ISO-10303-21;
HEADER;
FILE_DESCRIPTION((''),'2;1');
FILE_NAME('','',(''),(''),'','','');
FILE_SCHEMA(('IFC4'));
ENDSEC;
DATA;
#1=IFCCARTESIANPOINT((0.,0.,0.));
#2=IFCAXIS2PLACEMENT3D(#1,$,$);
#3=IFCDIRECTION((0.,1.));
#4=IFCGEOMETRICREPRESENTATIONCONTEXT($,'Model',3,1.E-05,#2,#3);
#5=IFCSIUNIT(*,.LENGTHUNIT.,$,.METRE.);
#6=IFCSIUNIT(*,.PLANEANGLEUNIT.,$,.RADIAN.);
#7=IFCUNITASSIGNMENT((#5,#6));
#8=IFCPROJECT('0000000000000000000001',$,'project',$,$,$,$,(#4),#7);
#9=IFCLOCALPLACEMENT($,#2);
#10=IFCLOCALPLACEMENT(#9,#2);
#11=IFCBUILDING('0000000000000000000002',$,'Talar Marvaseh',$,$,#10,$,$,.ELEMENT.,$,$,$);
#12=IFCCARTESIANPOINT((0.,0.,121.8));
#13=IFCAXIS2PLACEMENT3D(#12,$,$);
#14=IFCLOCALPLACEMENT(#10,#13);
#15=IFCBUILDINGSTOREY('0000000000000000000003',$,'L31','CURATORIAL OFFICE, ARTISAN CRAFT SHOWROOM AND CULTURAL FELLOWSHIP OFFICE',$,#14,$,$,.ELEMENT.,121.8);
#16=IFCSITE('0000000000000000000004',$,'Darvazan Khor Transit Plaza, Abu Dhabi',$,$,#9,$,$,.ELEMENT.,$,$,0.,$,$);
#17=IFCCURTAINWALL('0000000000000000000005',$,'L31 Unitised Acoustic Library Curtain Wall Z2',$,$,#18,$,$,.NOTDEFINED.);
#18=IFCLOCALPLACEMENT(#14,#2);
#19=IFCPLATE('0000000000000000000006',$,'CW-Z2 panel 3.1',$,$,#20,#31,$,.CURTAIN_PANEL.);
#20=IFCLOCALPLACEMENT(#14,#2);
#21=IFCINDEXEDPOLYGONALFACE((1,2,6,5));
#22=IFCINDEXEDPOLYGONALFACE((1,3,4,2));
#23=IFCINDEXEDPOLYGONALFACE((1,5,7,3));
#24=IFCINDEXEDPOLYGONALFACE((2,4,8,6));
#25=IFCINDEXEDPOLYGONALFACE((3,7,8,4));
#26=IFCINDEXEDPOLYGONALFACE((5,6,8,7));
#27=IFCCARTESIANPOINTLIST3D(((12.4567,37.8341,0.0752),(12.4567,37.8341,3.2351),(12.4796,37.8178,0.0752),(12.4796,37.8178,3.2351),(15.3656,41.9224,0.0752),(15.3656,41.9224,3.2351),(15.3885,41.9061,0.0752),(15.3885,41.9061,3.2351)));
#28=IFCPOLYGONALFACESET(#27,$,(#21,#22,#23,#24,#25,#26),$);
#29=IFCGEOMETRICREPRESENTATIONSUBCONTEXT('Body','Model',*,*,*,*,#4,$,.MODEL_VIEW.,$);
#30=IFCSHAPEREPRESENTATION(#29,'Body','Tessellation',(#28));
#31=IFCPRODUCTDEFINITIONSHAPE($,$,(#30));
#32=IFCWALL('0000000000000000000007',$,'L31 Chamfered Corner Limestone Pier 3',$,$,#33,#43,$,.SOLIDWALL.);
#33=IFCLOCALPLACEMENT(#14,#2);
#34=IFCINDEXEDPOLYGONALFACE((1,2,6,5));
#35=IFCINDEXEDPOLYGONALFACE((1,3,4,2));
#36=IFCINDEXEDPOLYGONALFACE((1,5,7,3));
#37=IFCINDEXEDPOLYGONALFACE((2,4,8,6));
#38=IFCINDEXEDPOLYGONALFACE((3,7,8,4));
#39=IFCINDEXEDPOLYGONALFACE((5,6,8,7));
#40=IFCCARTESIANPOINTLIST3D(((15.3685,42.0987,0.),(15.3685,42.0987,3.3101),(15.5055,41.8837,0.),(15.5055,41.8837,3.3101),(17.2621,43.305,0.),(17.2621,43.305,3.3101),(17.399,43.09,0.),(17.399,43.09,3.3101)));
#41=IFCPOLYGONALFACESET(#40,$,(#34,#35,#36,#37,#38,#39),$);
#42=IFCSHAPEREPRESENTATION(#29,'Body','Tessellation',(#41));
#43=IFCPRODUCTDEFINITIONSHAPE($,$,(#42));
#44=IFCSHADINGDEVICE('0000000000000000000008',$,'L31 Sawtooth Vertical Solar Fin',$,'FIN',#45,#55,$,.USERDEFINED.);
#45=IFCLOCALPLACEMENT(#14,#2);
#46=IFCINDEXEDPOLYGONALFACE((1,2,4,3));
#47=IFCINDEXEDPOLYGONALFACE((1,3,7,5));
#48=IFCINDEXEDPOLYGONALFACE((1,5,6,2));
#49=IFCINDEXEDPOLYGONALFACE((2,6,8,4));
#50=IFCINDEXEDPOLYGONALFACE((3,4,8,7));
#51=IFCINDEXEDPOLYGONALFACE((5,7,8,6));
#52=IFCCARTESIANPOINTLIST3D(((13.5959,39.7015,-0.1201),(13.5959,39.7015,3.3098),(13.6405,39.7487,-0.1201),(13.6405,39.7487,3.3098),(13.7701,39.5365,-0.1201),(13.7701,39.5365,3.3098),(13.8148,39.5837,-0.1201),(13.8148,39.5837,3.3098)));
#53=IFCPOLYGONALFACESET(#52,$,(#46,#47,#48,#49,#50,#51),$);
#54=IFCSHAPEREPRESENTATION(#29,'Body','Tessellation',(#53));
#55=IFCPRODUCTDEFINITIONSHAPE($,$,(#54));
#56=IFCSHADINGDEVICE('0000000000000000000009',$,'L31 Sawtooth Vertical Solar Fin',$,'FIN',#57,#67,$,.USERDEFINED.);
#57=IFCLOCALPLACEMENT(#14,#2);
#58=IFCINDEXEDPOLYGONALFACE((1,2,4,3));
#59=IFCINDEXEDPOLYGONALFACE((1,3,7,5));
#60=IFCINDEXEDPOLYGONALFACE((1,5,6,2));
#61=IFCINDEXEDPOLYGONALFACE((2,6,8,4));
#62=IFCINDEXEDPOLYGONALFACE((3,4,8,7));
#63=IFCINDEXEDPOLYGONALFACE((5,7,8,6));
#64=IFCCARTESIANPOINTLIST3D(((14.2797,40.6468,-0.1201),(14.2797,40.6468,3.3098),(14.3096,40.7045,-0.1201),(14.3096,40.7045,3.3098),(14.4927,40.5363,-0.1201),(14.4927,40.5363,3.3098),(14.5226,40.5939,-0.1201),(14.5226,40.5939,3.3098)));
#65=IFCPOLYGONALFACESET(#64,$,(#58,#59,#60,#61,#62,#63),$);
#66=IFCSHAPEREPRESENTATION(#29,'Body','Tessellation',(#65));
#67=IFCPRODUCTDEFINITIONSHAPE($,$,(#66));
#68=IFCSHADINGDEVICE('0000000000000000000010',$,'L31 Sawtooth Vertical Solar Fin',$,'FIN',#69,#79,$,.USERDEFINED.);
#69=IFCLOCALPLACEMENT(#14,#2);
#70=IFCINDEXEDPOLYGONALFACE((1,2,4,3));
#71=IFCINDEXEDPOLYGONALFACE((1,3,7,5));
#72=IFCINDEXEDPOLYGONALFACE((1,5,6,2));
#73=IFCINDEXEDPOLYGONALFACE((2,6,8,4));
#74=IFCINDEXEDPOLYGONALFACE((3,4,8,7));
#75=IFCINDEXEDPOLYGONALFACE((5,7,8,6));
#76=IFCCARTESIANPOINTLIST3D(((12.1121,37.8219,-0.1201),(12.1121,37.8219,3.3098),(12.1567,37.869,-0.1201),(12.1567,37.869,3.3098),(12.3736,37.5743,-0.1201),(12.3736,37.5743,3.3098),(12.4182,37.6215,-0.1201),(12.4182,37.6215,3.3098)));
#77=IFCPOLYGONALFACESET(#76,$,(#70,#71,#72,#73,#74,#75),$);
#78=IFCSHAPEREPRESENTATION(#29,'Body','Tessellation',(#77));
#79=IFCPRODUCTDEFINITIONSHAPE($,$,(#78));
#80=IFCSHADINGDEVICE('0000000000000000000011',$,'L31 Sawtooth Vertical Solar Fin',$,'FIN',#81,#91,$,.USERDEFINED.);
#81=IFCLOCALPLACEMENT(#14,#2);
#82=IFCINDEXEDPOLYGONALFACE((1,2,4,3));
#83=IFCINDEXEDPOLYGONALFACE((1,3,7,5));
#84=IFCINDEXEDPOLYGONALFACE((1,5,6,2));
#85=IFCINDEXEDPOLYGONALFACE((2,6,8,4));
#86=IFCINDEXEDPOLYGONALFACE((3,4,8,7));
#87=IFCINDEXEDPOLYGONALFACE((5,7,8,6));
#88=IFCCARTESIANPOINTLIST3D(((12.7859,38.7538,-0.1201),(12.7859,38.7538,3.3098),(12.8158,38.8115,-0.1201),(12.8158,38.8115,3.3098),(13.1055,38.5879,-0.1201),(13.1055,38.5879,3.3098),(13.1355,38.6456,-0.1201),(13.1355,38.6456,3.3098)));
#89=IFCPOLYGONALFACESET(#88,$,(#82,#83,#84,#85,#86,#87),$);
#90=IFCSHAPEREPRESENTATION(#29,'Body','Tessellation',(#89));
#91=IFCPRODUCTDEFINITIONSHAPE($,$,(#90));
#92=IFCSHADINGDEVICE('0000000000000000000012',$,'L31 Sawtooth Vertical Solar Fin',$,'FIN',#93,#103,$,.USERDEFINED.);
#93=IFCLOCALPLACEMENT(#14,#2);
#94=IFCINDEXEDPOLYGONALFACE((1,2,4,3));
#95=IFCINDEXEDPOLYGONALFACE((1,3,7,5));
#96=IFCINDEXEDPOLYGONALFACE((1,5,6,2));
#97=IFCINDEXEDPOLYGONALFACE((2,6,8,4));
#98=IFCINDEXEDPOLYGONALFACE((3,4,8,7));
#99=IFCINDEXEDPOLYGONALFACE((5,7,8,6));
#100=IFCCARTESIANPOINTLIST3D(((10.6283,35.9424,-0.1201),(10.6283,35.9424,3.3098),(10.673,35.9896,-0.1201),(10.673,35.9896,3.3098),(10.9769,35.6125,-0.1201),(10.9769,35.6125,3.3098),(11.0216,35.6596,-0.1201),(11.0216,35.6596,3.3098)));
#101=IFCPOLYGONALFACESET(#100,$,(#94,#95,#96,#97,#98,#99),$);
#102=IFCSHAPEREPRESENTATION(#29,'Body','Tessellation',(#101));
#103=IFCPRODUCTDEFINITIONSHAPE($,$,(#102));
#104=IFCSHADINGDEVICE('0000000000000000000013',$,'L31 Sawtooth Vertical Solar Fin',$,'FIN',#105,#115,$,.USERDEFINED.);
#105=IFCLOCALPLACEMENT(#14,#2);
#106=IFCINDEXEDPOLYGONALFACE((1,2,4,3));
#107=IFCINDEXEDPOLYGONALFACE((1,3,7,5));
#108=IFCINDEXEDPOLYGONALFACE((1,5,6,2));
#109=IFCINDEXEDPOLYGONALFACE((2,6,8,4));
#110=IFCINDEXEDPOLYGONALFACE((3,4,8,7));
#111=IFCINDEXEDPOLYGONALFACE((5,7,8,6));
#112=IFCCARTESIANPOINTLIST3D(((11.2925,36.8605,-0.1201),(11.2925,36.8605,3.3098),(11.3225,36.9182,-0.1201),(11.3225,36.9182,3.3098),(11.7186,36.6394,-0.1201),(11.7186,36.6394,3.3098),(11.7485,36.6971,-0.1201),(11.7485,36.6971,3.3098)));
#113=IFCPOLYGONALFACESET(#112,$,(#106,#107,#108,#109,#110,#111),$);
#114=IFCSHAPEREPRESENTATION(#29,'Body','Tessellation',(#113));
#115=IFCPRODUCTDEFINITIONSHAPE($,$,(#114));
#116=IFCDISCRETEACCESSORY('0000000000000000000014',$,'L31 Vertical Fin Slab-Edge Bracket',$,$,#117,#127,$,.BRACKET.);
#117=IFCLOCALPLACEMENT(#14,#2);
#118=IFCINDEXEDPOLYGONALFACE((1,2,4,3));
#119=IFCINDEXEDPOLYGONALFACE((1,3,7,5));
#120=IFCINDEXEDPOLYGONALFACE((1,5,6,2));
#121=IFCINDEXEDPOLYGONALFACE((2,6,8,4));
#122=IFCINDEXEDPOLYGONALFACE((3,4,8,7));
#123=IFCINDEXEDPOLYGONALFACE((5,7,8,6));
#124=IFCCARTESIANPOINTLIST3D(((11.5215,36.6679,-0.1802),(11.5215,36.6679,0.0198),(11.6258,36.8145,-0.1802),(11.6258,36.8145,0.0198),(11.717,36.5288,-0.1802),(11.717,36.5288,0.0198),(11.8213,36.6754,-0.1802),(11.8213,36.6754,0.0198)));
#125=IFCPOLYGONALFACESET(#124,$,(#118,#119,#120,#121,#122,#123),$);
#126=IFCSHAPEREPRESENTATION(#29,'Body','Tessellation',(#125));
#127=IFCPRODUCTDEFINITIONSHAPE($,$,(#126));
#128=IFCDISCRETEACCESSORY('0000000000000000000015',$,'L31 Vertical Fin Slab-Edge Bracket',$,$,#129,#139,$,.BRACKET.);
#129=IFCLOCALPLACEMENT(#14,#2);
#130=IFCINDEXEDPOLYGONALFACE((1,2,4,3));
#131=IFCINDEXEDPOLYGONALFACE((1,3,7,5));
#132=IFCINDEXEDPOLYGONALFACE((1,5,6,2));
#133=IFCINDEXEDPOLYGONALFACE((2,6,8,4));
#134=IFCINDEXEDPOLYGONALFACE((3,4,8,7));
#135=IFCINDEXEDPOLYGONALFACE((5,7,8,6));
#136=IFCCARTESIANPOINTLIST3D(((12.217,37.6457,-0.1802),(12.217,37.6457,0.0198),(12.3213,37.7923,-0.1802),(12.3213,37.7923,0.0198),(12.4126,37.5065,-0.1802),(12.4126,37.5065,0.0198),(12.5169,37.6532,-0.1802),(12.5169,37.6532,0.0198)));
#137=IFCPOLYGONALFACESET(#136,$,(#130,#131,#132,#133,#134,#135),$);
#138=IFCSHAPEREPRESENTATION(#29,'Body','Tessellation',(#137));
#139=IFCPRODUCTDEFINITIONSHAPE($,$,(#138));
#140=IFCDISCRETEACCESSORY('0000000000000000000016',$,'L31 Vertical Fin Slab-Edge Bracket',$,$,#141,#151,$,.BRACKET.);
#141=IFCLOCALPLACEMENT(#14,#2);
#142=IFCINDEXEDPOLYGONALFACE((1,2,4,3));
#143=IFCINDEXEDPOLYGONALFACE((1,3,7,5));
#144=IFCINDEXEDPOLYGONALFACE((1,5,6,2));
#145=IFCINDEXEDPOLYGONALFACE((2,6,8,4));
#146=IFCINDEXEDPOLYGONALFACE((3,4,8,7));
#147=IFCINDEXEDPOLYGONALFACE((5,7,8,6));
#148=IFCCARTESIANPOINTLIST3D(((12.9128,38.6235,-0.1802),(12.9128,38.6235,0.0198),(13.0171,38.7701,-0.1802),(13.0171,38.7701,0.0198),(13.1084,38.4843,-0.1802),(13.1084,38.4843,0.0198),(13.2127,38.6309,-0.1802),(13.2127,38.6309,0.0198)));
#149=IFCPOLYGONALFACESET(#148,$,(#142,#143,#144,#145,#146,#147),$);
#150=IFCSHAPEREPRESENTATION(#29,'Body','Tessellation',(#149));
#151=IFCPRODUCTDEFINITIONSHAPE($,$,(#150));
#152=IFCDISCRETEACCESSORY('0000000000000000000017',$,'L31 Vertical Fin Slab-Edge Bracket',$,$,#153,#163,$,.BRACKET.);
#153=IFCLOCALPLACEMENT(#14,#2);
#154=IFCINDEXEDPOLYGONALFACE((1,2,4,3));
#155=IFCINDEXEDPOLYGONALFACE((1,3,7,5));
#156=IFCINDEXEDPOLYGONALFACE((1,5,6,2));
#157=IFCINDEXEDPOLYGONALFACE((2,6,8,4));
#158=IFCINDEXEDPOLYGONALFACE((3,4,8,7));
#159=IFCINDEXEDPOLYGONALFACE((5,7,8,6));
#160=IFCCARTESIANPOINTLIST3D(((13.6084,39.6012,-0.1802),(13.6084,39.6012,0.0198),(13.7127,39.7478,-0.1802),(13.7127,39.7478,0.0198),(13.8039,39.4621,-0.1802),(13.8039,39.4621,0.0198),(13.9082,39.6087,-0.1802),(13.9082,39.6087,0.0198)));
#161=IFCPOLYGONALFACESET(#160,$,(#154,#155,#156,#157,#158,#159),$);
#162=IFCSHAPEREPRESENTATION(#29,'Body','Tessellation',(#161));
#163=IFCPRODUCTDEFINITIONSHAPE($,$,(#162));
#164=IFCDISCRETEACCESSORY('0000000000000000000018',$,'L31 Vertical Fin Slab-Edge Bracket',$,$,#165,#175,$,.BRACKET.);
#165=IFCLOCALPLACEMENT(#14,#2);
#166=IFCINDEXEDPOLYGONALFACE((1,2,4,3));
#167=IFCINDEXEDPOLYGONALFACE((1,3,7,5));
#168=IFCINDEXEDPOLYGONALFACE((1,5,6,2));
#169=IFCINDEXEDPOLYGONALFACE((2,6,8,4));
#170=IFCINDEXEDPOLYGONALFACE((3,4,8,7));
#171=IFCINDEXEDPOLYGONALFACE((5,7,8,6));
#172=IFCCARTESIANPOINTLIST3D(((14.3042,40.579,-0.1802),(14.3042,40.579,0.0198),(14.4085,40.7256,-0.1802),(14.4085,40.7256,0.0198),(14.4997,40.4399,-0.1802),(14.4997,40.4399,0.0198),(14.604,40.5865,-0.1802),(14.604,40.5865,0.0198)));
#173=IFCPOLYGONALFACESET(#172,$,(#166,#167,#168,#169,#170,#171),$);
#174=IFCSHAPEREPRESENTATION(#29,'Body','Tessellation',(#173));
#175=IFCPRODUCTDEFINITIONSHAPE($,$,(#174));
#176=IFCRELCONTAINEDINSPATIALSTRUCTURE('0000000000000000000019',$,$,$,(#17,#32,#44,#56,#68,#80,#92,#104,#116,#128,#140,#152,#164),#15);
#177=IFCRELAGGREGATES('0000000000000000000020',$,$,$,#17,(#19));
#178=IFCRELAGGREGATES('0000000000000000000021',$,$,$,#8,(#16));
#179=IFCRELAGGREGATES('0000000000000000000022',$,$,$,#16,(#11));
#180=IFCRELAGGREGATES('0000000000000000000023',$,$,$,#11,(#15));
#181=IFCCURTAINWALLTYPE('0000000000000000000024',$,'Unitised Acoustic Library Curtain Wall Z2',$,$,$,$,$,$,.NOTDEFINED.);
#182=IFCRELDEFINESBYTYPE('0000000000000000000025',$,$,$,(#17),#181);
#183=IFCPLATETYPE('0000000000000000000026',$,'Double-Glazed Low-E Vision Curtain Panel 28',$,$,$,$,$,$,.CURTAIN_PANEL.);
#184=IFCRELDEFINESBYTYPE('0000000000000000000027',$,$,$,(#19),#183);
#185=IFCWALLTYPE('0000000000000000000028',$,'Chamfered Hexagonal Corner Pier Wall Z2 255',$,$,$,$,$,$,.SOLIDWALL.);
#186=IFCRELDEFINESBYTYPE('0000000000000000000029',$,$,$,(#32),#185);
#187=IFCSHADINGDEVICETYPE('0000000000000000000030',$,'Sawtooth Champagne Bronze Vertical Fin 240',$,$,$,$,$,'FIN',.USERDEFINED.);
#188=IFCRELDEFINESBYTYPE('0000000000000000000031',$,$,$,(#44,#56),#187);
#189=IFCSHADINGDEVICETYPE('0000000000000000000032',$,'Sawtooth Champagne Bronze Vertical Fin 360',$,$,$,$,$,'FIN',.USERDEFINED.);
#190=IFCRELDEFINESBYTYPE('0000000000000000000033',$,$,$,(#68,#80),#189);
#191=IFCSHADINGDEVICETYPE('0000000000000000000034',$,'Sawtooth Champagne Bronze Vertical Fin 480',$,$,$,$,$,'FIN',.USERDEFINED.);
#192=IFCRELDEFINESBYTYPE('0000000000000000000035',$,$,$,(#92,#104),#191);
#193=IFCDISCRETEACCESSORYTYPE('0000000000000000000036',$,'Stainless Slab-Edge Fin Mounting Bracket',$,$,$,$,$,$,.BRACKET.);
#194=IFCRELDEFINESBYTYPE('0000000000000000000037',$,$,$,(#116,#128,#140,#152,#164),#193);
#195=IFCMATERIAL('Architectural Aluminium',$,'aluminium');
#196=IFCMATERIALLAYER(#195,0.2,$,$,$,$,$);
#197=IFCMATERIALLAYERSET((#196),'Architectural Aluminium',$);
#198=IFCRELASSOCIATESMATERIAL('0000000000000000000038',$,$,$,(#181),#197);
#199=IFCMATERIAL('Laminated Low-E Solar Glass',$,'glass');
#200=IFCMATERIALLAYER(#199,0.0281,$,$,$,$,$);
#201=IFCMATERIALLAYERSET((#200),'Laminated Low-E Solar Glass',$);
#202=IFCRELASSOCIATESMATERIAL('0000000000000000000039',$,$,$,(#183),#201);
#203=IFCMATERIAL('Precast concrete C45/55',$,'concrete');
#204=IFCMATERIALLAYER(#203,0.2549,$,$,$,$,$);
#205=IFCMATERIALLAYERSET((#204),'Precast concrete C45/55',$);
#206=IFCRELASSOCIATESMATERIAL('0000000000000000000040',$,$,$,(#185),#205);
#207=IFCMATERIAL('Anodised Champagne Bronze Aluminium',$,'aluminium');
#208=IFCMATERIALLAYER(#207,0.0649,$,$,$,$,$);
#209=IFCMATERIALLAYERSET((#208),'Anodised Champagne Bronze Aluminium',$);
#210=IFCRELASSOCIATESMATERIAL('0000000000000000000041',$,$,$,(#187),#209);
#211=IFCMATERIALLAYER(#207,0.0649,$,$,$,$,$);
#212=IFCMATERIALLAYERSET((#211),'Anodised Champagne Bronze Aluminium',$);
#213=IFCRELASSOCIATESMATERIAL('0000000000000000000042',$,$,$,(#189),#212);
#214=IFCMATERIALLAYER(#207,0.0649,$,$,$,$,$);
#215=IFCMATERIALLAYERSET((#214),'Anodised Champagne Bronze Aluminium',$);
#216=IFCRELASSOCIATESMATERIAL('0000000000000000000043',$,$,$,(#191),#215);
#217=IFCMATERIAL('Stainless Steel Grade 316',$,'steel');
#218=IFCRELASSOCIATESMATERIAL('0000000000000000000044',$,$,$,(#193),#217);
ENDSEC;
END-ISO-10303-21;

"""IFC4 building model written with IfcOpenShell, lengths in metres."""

from ifc_helpers import new_model, si_unit, direction, frame, frame_2d, origin, origin_2d, place, context, subcontext, project, spatial, rectangle, extrude, source, transform, mapped, material, layer, layer_set, type_object, type_shapes, element, aggregate, save


model = new_model("IFC4")

# Units and contexts
model_context = context("Model", 3, precision=1e-05, world=origin(), true_north=direction((0.0, 1.0)))
body_context = subcontext(model_context, "Body", "Model", "MODEL_VIEW")
ifc_project = project(units=[si_unit("LENGTHUNIT", "METRE"), si_unit("PLANEANGLEUNIT", "RADIAN")], contexts=[model_context])

# Site, building, storey
site_placement = place(None, origin())
site = spatial("IfcSite", under=ifc_project, at=site_placement, Name="Darvazan Khor Transit Plaza, Abu Dhabi", CompositionType="ELEMENT", RefElevation=0.0)
building_placement = place(site_placement, origin())
building = spatial("IfcBuilding", under=site, at=building_placement, Name="Talar Marvaseh", CompositionType="ELEMENT")
storey_placement = place(building_placement, frame((0.0, 0.0, 121.8)))
storey = spatial("IfcBuildingStorey", under=building, at=storey_placement, Name="L31", Description="CURATORIAL OFFICE, ARTISAN CRAFT SHOWROOM AND CULTURAL FELLOWSHIP OFFICE", CompositionType="ELEMENT", Elevation=121.8)

# Curtain wall, plate
ifc_material_1 = material(Name="Architectural Aluminium", Category="aluminium")
ifc_layer_1 = layer(ifc_material_1, 0.2)
ifc_layer_set_1 = layer_set([ifc_layer_1], Name="Architectural Aluminium")
curtain_wall_type = type_object("IfcCurtainWallType", Name="Unitised Acoustic Library Curtain Wall Z2", PredefinedType="NOTDEFINED", material=ifc_layer_set_1)
curtain_wall_placement = place(storey_placement, origin())
curtain_wall = element("IfcCurtainWall", 1, at=curtain_wall_placement, inside=storey, type_object=curtain_wall_type, Name="L31 Unitised Acoustic Library Curtain Wall Z2", PredefinedType="NOTDEFINED")
ifc_material_2 = material(Name="Laminated Low-E Solar Glass", Category="glass")
ifc_layer_2 = layer(ifc_material_2, 0.0281)
ifc_layer_set_2 = layer_set([ifc_layer_2], Name="Laminated Low-E Solar Glass")
plate_type = type_object("IfcPlateType", Name="Double-Glazed Low-E Vision Curtain Panel 28", PredefinedType="CURTAIN_PANEL", material=ifc_layer_set_2)
shared_shape_1 = source(origin(), body_context, "Body", "SweptSolid", [
    extrude(rectangle(XDim=5.0176, YDim=0.0281, at=origin_2d()), origin(), (0.0, 0.0, 1.0), 3.1599),
])
type_shapes(plate_type, [shared_shape_1])
plate_placement = place(storey_placement, frame((13.9226, 39.8701, 0.0752), z_axis=(0.0, 0.0, 1.0), x_axis=(0.579737, 0.814804, 0.0)))
plate = element("IfcPlate", 2, at=plate_placement, type_object=plate_type, Name="CW-Z2 panel 3.1", PredefinedType="CURTAIN_PANEL", context=body_context, shape_type="MappedRepresentation", body=[
    mapped(shared_shape_1, transform((0.0, 0.0, 0.0), x_axis=(1.0, 0.0, 0.0), y_axis=(0.0, 1.0, 0.0), z_axis=(0.0, 0.0, 1.0), scale=1.0)),
])
aggregate(curtain_wall, [plate])

# Wall
ifc_material_3 = material(Name="Precast concrete C45/55", Category="concrete")
ifc_layer_3 = layer(ifc_material_3, 0.2549)
ifc_layer_set_3 = layer_set([ifc_layer_3], Name="Precast concrete C45/55")
wall_type = type_object("IfcWallType", Name="Chamfered Hexagonal Corner Pier Wall Z2 255", PredefinedType="SOLIDWALL", material=ifc_layer_set_3)
wall_placement = place(storey_placement, frame((15.437, 41.9912, 0.0), z_axis=(0.0, 0.0, 1.0), x_axis=(0.843397, 0.537291, 0.0)))
element("IfcWall", 3, at=wall_placement, inside=storey, type_object=wall_type, Name="L31 Chamfered Corner Limestone Pier 3", PredefinedType="SOLIDWALL", context=body_context, shape_type="SweptSolid", body=[
    extrude(rectangle(XDim=2.2451, YDim=0.2549, at=frame_2d((1.1226, 0.0))), origin(), (0.0, 0.0, 1.0), 3.3101),
])

# Shading devices
ifc_material_4 = material(Name="Anodised Champagne Bronze Aluminium", Category="aluminium")
ifc_layer_4 = layer(ifc_material_4, 0.0649)
ifc_layer_set_4 = layer_set([ifc_layer_4], Name="Anodised Champagne Bronze Aluminium")
shading_device_type_1 = type_object("IfcShadingDeviceType", Name="Sawtooth Champagne Bronze Vertical Fin 240", ElementType="FIN", PredefinedType="USERDEFINED", material=ifc_layer_set_4)
shared_shape_2 = source(origin(), body_context, "Body", "SweptSolid", [
    extrude(rectangle(XDim=0.24, YDim=0.0649, at=origin_2d()), origin(), (0.0, 0.0, 1.0), 3.4299),
])
type_shapes(shading_device_type_1, [shared_shape_2])
for number, where, z_axis, x_axis, name in (
    (4, (13.7053, 39.6426, -0.1201), (0.0, 0.0, 1.0), (-0.726215, 0.687468, 0.0), "L31 Sawtooth Vertical Solar Fin"),
    (5, (14.4011, 40.6204, -0.1201), (0.0, 0.0, 1.0), (-0.887574, 0.460665, 0.0), "L31 Sawtooth Vertical Solar Fin"),
):
    element("IfcShadingDevice", number, at=place(storey_placement, frame(where, z_axis=z_axis, x_axis=x_axis)), inside=storey, type_object=shading_device_type_1, Name=name, ObjectType="FIN", PredefinedType="USERDEFINED", context=body_context, shape_type="MappedRepresentation", body=[
        mapped(shared_shape_2, transform((0.0, 0.0, 0.0), x_axis=(1.0, 0.0, 0.0), y_axis=(0.0, 1.0, 0.0), z_axis=(0.0, 0.0, 1.0), scale=1.0)),
    ])
ifc_layer_5 = layer(ifc_material_4, 0.0649)
ifc_layer_set_5 = layer_set([ifc_layer_5], Name="Anodised Champagne Bronze Aluminium")
shading_device_type_2 = type_object("IfcShadingDeviceType", Name="Sawtooth Champagne Bronze Vertical Fin 360", ElementType="FIN", PredefinedType="USERDEFINED", material=ifc_layer_set_5)
shared_shape_3 = source(origin(), body_context, "Body", "SweptSolid", [
    extrude(rectangle(XDim=0.3601, YDim=0.0649, at=origin_2d()), origin(), (0.0, 0.0, 1.0), 3.4299),
])
type_shapes(shading_device_type_2, [shared_shape_3])
for number, where, z_axis, x_axis, name in (
    (6, (12.2651, 37.7217, -0.1201), (0.0, 0.0, 1.0), (-0.726215, 0.687468, 0.0), "L31 Sawtooth Vertical Solar Fin"),
    (7, (12.9607, 38.6997, -0.1201), (0.0, 0.0, 1.0), (-0.887574, 0.460665, 0.0), "L31 Sawtooth Vertical Solar Fin"),
):
    element("IfcShadingDevice", number, at=place(storey_placement, frame(where, z_axis=z_axis, x_axis=x_axis)), inside=storey, type_object=shading_device_type_2, Name=name, ObjectType="FIN", PredefinedType="USERDEFINED", context=body_context, shape_type="MappedRepresentation", body=[
        mapped(shared_shape_3, transform((0.0, 0.0, 0.0), x_axis=(1.0, 0.0, 0.0), y_axis=(0.0, 1.0, 0.0), z_axis=(0.0, 0.0, 1.0), scale=1.0)),
    ])
ifc_layer_6 = layer(ifc_material_4, 0.0649)
ifc_layer_set_6 = layer_set([ifc_layer_6], Name="Anodised Champagne Bronze Aluminium")
shading_device_type_3 = type_object("IfcShadingDeviceType", Name="Sawtooth Champagne Bronze Vertical Fin 480", ElementType="FIN", PredefinedType="USERDEFINED", material=ifc_layer_set_6)
shared_shape_4 = source(origin(), body_context, "Body", "SweptSolid", [
    extrude(rectangle(XDim=0.48, YDim=0.0649, at=origin_2d()), origin(), (0.0, 0.0, 1.0), 3.4299),
])
type_shapes(shading_device_type_3, [shared_shape_4])
for number, where, z_axis, x_axis, name in (
    (8, (10.825, 35.801, -0.1201), (0.0, 0.0, 1.0), (-0.726215, 0.687468, 0.0), "L31 Sawtooth Vertical Solar Fin"),
    (9, (11.5205, 36.7788, -0.1201), (0.0, 0.0, 1.0), (-0.887574, 0.460665, 0.0), "L31 Sawtooth Vertical Solar Fin"),
):
    element("IfcShadingDevice", number, at=place(storey_placement, frame(where, z_axis=z_axis, x_axis=x_axis)), inside=storey, type_object=shading_device_type_3, Name=name, ObjectType="FIN", PredefinedType="USERDEFINED", context=body_context, shape_type="MappedRepresentation", body=[
        mapped(shared_shape_4, transform((0.0, 0.0, 0.0), x_axis=(1.0, 0.0, 0.0), y_axis=(0.0, 1.0, 0.0), z_axis=(0.0, 0.0, 1.0), scale=1.0)),
    ])

# Discrete accessories
ifc_material_5 = material(Name="Stainless Steel Grade 316", Category="steel")
discrete_accessory_type = type_object("IfcDiscreteAccessoryType", Name="Stainless Slab-Edge Fin Mounting Bracket", PredefinedType="BRACKET", material=ifc_material_5)
shared_shape_5 = source(origin(), body_context, "Body", "SweptSolid", [
    extrude(rectangle(XDim=0.24, YDim=0.1799, at=origin_2d()), origin(), (0.0, 0.0, 1.0), 0.2),
])
type_shapes(discrete_accessory_type, [shared_shape_5])
for number, where, z_axis, x_axis, name in (
    (10, (11.6714, 36.6716, -0.1802), (0.0, 0.0, 1.0), (-0.814824, 0.579708, 0.0), "L31 Vertical Fin Slab-Edge Bracket"),
    (11, (12.3669, 37.6494, -0.1802), (0.0, 0.0, 1.0), (-0.814824, 0.579708, 0.0), "L31 Vertical Fin Slab-Edge Bracket"),
    (12, (13.0627, 38.6272, -0.1802), (0.0, 0.0, 1.0), (-0.814824, 0.579708, 0.0), "L31 Vertical Fin Slab-Edge Bracket"),
    (13, (13.7583, 39.605, -0.1802), (0.0, 0.0, 1.0), (-0.814824, 0.579708, 0.0), "L31 Vertical Fin Slab-Edge Bracket"),
    (14, (14.4541, 40.5828, -0.1802), (0.0, 0.0, 1.0), (-0.814824, 0.579708, 0.0), "L31 Vertical Fin Slab-Edge Bracket"),
):
    element("IfcDiscreteAccessory", number, at=place(storey_placement, frame(where, z_axis=z_axis, x_axis=x_axis)), inside=storey, type_object=discrete_accessory_type, Name=name, PredefinedType="BRACKET", context=body_context, shape_type="MappedRepresentation", body=[
        mapped(shared_shape_5, transform((0.0, 0.0, 0.0), x_axis=(1.0, 0.0, 0.0), y_axis=(0.0, 1.0, 0.0), z_axis=(0.0, 0.0, 1.0), scale=1.0)),
    ])

save(model, "model.ifc")
